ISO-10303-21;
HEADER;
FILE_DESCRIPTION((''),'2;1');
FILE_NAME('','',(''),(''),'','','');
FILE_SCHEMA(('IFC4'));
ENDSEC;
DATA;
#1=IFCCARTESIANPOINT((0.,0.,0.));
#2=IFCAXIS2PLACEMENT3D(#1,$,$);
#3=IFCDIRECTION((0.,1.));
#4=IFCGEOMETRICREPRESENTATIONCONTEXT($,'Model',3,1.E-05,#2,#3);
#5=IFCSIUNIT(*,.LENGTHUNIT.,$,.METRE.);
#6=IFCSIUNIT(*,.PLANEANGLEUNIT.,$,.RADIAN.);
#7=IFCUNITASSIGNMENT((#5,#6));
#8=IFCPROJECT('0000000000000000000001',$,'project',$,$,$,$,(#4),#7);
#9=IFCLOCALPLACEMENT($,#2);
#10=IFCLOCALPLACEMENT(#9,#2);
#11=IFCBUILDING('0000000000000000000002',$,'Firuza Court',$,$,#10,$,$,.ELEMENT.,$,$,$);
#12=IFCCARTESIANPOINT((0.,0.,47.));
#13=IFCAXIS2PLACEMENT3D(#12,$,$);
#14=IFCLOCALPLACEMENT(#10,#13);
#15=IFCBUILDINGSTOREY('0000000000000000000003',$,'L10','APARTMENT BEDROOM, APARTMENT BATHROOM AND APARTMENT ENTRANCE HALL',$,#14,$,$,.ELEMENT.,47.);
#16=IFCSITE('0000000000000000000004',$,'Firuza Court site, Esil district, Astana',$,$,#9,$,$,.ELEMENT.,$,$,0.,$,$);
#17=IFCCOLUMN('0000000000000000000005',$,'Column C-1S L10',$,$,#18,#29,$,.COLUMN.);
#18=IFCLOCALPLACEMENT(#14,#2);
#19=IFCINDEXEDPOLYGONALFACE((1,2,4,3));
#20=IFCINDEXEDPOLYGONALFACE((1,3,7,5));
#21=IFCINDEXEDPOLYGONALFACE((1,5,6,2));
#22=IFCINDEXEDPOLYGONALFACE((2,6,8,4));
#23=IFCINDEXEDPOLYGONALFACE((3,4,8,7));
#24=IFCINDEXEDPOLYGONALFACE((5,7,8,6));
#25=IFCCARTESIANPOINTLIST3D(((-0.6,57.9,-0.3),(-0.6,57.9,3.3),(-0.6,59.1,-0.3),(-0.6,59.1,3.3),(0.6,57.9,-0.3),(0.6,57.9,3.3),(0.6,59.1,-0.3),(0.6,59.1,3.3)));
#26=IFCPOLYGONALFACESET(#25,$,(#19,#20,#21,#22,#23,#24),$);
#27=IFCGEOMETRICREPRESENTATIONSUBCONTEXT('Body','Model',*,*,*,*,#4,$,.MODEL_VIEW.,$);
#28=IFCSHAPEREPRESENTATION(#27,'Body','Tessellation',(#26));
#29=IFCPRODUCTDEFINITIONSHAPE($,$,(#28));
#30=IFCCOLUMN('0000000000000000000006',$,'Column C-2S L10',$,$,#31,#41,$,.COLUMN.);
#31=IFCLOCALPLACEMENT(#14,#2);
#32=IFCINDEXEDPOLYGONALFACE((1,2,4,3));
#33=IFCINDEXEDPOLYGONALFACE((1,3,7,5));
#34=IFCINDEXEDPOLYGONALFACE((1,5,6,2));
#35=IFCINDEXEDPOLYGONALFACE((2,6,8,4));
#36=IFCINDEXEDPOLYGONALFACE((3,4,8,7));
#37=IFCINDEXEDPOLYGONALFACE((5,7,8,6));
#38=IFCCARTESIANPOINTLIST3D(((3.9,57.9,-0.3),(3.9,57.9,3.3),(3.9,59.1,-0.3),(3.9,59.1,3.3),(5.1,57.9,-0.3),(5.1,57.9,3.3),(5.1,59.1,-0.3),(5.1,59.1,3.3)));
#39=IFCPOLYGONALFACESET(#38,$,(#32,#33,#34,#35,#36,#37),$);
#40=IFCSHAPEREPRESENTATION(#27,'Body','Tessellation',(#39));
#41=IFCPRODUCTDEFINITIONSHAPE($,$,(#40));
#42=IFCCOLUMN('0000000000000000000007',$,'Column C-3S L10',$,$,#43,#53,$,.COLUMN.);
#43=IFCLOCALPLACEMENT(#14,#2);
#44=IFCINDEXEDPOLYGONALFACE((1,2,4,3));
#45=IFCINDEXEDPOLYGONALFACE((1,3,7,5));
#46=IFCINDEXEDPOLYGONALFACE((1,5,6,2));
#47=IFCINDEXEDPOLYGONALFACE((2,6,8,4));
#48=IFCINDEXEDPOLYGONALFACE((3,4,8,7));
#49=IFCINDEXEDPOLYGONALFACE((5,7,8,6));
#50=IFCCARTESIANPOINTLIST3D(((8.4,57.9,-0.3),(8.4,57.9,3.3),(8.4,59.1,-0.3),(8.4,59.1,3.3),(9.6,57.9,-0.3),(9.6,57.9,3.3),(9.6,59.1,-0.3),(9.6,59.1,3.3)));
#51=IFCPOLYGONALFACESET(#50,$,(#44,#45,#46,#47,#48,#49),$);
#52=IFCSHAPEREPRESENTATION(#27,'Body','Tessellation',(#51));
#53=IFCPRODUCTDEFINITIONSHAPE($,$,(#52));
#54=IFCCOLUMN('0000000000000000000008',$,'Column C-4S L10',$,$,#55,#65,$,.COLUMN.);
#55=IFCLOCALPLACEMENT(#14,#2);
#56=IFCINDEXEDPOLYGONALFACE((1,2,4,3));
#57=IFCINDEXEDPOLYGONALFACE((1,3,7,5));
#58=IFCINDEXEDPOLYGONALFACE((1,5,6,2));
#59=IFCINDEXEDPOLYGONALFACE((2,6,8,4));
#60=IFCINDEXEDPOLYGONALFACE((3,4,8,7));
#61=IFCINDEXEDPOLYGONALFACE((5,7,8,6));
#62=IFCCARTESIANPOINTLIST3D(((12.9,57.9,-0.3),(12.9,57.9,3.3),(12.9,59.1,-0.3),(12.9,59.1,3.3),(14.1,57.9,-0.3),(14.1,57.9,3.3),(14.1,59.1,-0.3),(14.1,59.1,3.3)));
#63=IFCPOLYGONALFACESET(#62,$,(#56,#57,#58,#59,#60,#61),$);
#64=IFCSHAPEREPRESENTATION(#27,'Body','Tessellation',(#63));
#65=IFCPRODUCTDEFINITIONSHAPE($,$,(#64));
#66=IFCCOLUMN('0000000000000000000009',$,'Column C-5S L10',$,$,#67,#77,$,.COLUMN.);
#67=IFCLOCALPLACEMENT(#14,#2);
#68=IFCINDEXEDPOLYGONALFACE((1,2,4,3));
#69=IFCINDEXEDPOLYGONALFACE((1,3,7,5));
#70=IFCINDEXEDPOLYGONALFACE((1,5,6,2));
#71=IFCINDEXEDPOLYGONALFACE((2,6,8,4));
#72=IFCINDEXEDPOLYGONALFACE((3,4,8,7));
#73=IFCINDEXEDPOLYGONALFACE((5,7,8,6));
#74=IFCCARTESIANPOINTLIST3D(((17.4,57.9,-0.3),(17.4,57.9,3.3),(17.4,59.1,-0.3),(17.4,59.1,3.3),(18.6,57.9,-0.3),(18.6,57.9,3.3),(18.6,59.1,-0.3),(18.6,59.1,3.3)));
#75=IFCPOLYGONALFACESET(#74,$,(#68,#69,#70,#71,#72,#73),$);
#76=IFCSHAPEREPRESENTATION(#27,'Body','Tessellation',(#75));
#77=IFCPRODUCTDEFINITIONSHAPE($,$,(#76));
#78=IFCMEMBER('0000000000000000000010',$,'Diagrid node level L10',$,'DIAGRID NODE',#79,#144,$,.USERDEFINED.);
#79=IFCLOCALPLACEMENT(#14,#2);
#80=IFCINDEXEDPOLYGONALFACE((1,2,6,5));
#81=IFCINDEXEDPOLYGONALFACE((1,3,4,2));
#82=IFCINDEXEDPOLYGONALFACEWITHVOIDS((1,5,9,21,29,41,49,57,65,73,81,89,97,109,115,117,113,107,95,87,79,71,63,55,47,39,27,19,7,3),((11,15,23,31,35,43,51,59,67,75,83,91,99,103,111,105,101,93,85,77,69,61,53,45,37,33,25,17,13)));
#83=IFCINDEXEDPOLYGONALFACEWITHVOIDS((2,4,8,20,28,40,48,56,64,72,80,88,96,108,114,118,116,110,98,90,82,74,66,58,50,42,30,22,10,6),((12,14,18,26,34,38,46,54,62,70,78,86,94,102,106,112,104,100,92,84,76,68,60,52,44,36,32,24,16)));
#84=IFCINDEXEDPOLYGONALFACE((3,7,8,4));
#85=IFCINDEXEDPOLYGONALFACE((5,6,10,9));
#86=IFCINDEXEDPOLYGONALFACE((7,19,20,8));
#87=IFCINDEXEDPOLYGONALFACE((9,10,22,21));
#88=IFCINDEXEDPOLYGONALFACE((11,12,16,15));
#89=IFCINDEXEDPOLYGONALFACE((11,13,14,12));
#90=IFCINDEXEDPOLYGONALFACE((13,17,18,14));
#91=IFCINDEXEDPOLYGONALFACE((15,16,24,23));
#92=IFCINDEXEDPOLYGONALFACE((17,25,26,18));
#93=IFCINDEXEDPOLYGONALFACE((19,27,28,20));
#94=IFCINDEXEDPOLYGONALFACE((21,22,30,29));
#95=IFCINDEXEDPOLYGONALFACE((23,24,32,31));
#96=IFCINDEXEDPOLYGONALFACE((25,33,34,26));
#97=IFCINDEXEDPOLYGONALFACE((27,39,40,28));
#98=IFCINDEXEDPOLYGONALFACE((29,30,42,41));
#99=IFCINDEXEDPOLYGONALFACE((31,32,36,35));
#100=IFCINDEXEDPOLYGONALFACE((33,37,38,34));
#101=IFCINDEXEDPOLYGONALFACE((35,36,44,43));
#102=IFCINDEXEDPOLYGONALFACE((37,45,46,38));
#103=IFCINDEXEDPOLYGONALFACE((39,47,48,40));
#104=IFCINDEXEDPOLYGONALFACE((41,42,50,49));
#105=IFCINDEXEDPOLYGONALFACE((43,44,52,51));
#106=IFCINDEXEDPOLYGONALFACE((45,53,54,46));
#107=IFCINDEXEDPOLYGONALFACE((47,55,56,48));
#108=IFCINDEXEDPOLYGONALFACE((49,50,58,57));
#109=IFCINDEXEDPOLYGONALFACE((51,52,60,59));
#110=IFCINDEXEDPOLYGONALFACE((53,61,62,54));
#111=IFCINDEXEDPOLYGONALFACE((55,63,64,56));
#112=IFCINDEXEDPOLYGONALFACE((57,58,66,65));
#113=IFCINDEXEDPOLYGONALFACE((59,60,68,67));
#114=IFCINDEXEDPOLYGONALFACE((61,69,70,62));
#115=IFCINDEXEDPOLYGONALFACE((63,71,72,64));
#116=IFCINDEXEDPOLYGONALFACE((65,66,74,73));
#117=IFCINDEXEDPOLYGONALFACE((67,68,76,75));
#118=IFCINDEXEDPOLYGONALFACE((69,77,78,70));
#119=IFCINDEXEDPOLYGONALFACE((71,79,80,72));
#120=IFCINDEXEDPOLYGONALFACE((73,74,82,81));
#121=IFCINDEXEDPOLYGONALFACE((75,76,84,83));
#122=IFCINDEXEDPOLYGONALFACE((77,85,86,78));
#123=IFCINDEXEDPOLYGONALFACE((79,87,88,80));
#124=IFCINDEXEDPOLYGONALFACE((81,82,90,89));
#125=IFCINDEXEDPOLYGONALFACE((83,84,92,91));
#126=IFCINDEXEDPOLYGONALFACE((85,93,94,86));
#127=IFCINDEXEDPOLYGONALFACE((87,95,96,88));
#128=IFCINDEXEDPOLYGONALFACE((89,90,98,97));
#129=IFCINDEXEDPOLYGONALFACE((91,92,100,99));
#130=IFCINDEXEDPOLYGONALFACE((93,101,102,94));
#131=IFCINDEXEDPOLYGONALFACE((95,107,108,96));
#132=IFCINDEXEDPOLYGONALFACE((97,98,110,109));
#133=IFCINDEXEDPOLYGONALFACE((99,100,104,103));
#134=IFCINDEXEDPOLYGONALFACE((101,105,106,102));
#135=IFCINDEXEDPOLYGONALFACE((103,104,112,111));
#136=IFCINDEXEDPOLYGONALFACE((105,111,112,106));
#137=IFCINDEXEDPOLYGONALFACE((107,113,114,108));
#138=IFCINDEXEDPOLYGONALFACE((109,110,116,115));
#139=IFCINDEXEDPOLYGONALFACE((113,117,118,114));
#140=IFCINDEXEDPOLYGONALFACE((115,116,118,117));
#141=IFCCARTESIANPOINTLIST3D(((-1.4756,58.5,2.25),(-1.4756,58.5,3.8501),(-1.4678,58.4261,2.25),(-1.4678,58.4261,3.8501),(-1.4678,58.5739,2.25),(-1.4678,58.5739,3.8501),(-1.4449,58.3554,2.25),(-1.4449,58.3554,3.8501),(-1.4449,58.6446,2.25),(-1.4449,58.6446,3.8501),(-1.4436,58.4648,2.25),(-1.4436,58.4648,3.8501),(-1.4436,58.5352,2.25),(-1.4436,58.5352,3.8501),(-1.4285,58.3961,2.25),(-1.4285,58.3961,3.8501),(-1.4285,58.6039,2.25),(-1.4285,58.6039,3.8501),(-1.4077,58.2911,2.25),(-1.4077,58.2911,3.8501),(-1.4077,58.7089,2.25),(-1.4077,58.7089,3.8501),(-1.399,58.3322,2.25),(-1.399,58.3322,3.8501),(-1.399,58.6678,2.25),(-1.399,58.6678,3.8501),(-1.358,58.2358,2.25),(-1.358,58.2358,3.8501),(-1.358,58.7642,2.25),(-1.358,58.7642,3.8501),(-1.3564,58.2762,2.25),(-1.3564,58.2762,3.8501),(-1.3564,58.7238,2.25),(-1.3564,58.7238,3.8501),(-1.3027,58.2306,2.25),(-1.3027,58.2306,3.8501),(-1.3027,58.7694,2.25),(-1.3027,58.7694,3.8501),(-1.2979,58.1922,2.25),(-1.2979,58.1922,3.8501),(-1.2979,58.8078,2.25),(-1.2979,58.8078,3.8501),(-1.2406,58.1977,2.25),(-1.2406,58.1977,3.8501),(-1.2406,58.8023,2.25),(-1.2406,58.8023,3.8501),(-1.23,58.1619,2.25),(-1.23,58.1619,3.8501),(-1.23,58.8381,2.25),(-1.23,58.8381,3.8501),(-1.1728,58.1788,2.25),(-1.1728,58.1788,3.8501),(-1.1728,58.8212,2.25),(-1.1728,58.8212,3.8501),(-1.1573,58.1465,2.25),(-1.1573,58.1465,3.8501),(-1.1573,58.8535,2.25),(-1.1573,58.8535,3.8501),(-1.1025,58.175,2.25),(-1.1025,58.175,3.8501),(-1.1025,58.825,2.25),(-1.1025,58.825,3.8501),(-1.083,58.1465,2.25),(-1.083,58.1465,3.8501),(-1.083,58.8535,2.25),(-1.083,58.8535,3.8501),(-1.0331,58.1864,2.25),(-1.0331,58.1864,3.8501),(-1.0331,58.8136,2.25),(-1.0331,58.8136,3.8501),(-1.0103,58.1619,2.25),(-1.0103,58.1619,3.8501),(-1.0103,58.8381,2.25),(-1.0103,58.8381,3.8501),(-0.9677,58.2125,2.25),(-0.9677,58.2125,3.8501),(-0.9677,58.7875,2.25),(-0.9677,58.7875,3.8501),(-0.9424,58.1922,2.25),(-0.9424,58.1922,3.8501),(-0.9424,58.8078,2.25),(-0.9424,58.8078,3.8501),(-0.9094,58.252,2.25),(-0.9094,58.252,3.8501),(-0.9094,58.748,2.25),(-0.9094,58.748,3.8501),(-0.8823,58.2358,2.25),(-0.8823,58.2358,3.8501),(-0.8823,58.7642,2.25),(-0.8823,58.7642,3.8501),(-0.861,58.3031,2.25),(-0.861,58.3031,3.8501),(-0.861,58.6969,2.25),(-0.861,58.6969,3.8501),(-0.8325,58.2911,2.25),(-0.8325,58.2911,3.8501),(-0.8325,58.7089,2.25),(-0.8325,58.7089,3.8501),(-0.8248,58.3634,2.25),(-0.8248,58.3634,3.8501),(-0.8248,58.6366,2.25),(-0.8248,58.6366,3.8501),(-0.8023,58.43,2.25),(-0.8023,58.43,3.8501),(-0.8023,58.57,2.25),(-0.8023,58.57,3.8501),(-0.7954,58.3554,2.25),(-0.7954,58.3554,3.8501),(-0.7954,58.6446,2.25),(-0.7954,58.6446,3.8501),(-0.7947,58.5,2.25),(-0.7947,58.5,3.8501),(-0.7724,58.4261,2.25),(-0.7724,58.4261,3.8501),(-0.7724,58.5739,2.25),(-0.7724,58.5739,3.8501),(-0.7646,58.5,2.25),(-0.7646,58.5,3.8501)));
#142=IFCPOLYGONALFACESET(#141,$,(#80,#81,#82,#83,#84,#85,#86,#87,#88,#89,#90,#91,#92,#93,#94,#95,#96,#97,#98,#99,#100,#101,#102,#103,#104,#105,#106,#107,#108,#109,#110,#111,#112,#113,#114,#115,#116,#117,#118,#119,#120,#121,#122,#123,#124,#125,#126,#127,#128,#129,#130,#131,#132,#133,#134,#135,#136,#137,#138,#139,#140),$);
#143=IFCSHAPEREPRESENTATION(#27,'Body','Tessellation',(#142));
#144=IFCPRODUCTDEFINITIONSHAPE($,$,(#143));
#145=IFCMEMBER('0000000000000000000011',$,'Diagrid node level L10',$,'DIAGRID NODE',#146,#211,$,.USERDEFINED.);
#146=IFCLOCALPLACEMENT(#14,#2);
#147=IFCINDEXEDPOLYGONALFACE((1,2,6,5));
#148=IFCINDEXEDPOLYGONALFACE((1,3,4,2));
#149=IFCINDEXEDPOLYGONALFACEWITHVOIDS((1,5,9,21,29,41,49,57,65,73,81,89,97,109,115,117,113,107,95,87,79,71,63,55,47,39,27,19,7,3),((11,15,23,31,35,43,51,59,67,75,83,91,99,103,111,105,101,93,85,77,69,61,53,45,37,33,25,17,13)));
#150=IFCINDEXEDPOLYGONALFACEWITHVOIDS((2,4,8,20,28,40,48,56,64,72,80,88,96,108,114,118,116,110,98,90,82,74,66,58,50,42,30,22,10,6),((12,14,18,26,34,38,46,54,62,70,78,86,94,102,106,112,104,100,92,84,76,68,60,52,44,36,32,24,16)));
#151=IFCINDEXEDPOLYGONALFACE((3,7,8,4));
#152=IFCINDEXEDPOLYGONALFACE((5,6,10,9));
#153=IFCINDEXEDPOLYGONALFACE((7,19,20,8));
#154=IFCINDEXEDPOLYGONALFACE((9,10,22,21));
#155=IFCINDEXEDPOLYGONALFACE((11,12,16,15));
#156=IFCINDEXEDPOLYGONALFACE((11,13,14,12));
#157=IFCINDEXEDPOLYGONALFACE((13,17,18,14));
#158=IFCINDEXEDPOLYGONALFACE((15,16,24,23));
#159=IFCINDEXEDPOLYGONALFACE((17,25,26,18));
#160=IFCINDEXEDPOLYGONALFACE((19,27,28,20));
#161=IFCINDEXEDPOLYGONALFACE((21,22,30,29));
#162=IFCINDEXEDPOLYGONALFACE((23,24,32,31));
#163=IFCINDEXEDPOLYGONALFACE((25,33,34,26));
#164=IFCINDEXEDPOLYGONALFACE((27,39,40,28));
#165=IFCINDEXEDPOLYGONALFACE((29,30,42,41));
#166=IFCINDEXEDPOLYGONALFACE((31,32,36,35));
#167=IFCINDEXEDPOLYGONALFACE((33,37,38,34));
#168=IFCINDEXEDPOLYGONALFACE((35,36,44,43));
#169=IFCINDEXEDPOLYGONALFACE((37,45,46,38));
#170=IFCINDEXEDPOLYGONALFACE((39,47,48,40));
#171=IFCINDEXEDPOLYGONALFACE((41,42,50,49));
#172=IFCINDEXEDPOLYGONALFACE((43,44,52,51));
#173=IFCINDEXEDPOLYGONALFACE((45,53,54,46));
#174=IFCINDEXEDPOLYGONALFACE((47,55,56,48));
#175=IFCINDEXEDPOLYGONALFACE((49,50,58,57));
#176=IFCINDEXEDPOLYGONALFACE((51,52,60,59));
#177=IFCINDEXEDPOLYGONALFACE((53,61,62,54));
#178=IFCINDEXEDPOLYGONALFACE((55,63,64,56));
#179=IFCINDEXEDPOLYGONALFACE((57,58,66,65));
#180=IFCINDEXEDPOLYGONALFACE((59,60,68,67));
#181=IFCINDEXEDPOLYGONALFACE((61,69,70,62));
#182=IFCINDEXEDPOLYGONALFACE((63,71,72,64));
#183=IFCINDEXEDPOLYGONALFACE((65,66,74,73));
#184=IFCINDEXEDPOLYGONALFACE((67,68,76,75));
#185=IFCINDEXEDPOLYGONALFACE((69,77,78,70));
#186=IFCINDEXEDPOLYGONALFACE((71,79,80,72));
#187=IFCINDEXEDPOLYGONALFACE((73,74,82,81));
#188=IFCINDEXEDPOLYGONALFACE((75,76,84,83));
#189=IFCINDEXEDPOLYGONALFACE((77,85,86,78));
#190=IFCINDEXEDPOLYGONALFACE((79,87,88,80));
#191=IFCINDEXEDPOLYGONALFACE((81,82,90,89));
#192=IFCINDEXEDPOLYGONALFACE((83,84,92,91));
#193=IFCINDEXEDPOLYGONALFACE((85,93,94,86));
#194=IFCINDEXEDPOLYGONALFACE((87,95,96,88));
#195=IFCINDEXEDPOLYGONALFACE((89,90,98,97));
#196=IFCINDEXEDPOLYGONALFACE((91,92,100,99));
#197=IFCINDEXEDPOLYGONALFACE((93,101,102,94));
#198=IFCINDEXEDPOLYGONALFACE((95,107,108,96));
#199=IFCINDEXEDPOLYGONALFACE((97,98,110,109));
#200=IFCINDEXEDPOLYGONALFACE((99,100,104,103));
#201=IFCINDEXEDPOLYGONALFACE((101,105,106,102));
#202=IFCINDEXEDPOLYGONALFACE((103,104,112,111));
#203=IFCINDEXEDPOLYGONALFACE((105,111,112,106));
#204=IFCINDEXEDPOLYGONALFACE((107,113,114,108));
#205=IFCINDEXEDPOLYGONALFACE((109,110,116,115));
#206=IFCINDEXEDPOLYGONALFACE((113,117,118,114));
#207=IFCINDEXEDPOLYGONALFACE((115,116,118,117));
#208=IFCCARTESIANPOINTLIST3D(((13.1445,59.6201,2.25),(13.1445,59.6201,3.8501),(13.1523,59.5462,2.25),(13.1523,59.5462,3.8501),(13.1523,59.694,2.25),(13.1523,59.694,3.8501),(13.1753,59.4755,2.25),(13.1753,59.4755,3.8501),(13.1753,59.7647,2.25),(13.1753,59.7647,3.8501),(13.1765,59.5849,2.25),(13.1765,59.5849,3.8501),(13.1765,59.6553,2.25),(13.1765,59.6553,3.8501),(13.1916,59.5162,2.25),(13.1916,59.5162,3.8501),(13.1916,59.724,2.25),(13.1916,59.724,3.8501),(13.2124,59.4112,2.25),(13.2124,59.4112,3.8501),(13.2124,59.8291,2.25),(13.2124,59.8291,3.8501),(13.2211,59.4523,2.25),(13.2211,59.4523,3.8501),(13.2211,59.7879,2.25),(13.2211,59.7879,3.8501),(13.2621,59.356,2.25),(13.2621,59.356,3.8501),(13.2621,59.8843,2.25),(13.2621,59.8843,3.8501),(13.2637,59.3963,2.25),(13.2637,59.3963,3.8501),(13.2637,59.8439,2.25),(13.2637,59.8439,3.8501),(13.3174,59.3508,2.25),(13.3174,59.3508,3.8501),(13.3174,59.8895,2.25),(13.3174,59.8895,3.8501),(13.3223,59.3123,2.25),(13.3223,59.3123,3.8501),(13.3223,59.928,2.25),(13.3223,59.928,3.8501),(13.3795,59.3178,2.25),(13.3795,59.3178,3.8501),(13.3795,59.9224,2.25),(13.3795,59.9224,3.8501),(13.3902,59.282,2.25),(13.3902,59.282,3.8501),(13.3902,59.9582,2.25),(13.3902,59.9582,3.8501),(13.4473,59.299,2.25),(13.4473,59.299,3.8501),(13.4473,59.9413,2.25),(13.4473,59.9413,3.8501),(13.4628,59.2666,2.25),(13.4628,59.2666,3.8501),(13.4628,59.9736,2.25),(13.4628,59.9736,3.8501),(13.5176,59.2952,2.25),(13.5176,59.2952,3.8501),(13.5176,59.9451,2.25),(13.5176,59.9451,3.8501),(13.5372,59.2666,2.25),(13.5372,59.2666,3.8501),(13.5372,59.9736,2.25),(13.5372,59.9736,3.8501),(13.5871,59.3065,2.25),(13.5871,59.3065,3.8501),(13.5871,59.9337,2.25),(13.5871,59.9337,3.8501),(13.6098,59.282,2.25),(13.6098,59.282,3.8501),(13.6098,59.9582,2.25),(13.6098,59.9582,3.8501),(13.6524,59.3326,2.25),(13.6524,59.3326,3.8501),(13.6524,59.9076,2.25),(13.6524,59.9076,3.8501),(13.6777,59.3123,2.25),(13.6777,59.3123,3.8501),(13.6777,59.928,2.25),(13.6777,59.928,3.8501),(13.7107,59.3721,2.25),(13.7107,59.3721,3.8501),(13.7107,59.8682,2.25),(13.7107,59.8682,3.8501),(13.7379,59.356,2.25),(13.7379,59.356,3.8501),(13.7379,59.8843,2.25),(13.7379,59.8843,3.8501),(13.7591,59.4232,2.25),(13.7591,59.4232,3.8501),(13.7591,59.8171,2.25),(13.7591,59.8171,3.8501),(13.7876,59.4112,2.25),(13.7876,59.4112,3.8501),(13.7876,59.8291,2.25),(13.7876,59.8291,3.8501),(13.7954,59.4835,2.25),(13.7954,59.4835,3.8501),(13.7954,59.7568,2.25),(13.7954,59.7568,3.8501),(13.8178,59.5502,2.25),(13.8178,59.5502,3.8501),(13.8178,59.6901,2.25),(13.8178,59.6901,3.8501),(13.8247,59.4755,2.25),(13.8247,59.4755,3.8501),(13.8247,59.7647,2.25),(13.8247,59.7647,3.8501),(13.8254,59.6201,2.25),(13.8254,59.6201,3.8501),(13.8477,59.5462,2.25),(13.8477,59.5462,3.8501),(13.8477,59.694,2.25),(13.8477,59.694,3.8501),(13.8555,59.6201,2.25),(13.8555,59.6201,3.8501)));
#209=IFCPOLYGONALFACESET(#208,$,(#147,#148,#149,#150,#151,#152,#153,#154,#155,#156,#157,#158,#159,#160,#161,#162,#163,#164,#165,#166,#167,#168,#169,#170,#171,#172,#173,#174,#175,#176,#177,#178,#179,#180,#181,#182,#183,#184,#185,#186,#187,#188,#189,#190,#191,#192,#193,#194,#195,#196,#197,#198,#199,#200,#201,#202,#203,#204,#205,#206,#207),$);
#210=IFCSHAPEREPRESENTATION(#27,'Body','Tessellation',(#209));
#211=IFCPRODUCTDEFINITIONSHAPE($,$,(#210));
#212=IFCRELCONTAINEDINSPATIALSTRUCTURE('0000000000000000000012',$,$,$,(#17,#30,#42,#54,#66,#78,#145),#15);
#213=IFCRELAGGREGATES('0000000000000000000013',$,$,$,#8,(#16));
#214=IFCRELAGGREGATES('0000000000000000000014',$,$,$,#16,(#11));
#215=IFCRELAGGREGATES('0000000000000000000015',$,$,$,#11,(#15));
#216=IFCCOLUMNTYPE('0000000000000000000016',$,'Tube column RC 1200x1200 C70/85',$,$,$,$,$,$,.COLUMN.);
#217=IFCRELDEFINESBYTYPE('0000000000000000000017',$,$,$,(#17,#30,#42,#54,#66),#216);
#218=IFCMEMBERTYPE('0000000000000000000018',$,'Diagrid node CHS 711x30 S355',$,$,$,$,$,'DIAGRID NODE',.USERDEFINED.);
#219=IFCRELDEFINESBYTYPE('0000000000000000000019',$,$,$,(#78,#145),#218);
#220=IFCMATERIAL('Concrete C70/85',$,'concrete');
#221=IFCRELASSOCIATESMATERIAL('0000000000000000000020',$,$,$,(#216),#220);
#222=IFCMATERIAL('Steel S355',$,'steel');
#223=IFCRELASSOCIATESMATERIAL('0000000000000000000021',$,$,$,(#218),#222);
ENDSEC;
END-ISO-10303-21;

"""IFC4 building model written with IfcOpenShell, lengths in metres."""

from ifc_helpers import new_model, si_unit, direction, frame, origin, origin_2d, place, context, subcontext, project, spatial, rectangle, hollow_circle, extrude, material, material_profile, profile_set, type_object, element, save


model = new_model("IFC4")

# Units and contexts
model_context = context("Model", 3, precision=1e-05, world=origin(), true_north=direction((0.0, 1.0)))
body_context = subcontext(model_context, "Body", "Model", "MODEL_VIEW")
ifc_project = project(units=[si_unit("LENGTHUNIT", "METRE"), si_unit("PLANEANGLEUNIT", "RADIAN")], contexts=[model_context])

# Site, building, storey
site_placement = place(None, origin())
site = spatial("IfcSite", under=ifc_project, at=site_placement, Name="Firuza Court site, Esil district, Astana", CompositionType="ELEMENT", RefElevation=0.0)
building_placement = place(site_placement, origin())
building = spatial("IfcBuilding", under=site, at=building_placement, Name="Firuza Court", CompositionType="ELEMENT")
storey_placement = place(building_placement, frame((0.0, 0.0, 47.0)))
storey = spatial("IfcBuildingStorey", under=building, at=storey_placement, Name="L10", Description="APARTMENT BEDROOM, APARTMENT BATHROOM AND APARTMENT ENTRANCE HALL", CompositionType="ELEMENT", Elevation=47.0)

# Columns
ifc_material_1 = material(Name="Concrete C70/85", Category="concrete")
ifc_material_profile_1 = material_profile(ifc_material_1, rectangle(XDim=1.2, YDim=1.2, at=origin_2d()), Name="RC 1200x1200")
ifc_profile_set_1 = profile_set([ifc_material_profile_1], Name="Concrete C70/85")
column_type = type_object("IfcColumnType", Name="Tube column RC 1200x1200 C70/85", PredefinedType="COLUMN", material=ifc_profile_set_1)
for number, where, z_axis, x_axis, name in (
    (1, (0.0, 58.5, -0.3), (0.0, 0.0, 1.0), (1.0, 0.0, 0.0), "Column C-1S L10"),
    (2, (4.5, 58.5, -0.3), (0.0, 0.0, 1.0), (1.0, 0.0, 0.0), "Column C-2S L10"),
    (3, (9.0, 58.5, -0.3), (0.0, 0.0, 1.0), (1.0, 0.0, 0.0), "Column C-3S L10"),
    (4, (13.5, 58.5, -0.3), (0.0, 0.0, 1.0), (1.0, 0.0, 0.0), "Column C-4S L10"),
    (5, (18.0, 58.5, -0.3), (0.0, 0.0, 1.0), (1.0, 0.0, 0.0), "Column C-5S L10"),
):
    element("IfcColumn", number, at=place(storey_placement, frame(where, z_axis=z_axis, x_axis=x_axis)), inside=storey, type_object=column_type, Name=name, PredefinedType="COLUMN", context=body_context, shape_type="SweptSolid", body=[
        extrude(rectangle(XDim=1.2, YDim=1.2, at=origin_2d()), origin(), (0.0, 0.0, 1.0), 3.6001),
    ])

# Members
ifc_material_2 = material(Name="Steel S355", Category="steel")
ifc_material_profile_2 = material_profile(ifc_material_2, hollow_circle(Radius=0.3555, WallThickness=0.03, at=origin_2d()), Name="CHS 711x30")
ifc_profile_set_2 = profile_set([ifc_material_profile_2], Name="Steel S355")
member_type_1 = type_object("IfcMemberType", Name="Diagrid node CHS 711x30 S355", ElementType="DIAGRID NODE", PredefinedType="USERDEFINED", material=ifc_profile_set_2)
for number, where, z_axis, x_axis, name in (
    (6, (-1.1201, 58.5, 2.25), (0.0, 0.0, 1.0), (1.0, 0.0, 0.0), "Diagrid node level L10"),
    (7, (13.5, 59.6201, 2.25), (0.0, 0.0, 1.0), (1.0, 0.0, 0.0), "Diagrid node level L10"),
):
    element("IfcMember", number, at=place(storey_placement, frame(where, z_axis=z_axis, x_axis=x_axis)), inside=storey, type_object=member_type_1, Name=name, ObjectType="DIAGRID NODE", PredefinedType="USERDEFINED", context=body_context, shape_type="SweptSolid", body=[
        extrude(hollow_circle(Radius=0.3555, WallThickness=0.03, at=origin_2d()), origin(), (0.0, 0.0, 1.0), 1.6001),
    ])

save(model, "model.ifc")
